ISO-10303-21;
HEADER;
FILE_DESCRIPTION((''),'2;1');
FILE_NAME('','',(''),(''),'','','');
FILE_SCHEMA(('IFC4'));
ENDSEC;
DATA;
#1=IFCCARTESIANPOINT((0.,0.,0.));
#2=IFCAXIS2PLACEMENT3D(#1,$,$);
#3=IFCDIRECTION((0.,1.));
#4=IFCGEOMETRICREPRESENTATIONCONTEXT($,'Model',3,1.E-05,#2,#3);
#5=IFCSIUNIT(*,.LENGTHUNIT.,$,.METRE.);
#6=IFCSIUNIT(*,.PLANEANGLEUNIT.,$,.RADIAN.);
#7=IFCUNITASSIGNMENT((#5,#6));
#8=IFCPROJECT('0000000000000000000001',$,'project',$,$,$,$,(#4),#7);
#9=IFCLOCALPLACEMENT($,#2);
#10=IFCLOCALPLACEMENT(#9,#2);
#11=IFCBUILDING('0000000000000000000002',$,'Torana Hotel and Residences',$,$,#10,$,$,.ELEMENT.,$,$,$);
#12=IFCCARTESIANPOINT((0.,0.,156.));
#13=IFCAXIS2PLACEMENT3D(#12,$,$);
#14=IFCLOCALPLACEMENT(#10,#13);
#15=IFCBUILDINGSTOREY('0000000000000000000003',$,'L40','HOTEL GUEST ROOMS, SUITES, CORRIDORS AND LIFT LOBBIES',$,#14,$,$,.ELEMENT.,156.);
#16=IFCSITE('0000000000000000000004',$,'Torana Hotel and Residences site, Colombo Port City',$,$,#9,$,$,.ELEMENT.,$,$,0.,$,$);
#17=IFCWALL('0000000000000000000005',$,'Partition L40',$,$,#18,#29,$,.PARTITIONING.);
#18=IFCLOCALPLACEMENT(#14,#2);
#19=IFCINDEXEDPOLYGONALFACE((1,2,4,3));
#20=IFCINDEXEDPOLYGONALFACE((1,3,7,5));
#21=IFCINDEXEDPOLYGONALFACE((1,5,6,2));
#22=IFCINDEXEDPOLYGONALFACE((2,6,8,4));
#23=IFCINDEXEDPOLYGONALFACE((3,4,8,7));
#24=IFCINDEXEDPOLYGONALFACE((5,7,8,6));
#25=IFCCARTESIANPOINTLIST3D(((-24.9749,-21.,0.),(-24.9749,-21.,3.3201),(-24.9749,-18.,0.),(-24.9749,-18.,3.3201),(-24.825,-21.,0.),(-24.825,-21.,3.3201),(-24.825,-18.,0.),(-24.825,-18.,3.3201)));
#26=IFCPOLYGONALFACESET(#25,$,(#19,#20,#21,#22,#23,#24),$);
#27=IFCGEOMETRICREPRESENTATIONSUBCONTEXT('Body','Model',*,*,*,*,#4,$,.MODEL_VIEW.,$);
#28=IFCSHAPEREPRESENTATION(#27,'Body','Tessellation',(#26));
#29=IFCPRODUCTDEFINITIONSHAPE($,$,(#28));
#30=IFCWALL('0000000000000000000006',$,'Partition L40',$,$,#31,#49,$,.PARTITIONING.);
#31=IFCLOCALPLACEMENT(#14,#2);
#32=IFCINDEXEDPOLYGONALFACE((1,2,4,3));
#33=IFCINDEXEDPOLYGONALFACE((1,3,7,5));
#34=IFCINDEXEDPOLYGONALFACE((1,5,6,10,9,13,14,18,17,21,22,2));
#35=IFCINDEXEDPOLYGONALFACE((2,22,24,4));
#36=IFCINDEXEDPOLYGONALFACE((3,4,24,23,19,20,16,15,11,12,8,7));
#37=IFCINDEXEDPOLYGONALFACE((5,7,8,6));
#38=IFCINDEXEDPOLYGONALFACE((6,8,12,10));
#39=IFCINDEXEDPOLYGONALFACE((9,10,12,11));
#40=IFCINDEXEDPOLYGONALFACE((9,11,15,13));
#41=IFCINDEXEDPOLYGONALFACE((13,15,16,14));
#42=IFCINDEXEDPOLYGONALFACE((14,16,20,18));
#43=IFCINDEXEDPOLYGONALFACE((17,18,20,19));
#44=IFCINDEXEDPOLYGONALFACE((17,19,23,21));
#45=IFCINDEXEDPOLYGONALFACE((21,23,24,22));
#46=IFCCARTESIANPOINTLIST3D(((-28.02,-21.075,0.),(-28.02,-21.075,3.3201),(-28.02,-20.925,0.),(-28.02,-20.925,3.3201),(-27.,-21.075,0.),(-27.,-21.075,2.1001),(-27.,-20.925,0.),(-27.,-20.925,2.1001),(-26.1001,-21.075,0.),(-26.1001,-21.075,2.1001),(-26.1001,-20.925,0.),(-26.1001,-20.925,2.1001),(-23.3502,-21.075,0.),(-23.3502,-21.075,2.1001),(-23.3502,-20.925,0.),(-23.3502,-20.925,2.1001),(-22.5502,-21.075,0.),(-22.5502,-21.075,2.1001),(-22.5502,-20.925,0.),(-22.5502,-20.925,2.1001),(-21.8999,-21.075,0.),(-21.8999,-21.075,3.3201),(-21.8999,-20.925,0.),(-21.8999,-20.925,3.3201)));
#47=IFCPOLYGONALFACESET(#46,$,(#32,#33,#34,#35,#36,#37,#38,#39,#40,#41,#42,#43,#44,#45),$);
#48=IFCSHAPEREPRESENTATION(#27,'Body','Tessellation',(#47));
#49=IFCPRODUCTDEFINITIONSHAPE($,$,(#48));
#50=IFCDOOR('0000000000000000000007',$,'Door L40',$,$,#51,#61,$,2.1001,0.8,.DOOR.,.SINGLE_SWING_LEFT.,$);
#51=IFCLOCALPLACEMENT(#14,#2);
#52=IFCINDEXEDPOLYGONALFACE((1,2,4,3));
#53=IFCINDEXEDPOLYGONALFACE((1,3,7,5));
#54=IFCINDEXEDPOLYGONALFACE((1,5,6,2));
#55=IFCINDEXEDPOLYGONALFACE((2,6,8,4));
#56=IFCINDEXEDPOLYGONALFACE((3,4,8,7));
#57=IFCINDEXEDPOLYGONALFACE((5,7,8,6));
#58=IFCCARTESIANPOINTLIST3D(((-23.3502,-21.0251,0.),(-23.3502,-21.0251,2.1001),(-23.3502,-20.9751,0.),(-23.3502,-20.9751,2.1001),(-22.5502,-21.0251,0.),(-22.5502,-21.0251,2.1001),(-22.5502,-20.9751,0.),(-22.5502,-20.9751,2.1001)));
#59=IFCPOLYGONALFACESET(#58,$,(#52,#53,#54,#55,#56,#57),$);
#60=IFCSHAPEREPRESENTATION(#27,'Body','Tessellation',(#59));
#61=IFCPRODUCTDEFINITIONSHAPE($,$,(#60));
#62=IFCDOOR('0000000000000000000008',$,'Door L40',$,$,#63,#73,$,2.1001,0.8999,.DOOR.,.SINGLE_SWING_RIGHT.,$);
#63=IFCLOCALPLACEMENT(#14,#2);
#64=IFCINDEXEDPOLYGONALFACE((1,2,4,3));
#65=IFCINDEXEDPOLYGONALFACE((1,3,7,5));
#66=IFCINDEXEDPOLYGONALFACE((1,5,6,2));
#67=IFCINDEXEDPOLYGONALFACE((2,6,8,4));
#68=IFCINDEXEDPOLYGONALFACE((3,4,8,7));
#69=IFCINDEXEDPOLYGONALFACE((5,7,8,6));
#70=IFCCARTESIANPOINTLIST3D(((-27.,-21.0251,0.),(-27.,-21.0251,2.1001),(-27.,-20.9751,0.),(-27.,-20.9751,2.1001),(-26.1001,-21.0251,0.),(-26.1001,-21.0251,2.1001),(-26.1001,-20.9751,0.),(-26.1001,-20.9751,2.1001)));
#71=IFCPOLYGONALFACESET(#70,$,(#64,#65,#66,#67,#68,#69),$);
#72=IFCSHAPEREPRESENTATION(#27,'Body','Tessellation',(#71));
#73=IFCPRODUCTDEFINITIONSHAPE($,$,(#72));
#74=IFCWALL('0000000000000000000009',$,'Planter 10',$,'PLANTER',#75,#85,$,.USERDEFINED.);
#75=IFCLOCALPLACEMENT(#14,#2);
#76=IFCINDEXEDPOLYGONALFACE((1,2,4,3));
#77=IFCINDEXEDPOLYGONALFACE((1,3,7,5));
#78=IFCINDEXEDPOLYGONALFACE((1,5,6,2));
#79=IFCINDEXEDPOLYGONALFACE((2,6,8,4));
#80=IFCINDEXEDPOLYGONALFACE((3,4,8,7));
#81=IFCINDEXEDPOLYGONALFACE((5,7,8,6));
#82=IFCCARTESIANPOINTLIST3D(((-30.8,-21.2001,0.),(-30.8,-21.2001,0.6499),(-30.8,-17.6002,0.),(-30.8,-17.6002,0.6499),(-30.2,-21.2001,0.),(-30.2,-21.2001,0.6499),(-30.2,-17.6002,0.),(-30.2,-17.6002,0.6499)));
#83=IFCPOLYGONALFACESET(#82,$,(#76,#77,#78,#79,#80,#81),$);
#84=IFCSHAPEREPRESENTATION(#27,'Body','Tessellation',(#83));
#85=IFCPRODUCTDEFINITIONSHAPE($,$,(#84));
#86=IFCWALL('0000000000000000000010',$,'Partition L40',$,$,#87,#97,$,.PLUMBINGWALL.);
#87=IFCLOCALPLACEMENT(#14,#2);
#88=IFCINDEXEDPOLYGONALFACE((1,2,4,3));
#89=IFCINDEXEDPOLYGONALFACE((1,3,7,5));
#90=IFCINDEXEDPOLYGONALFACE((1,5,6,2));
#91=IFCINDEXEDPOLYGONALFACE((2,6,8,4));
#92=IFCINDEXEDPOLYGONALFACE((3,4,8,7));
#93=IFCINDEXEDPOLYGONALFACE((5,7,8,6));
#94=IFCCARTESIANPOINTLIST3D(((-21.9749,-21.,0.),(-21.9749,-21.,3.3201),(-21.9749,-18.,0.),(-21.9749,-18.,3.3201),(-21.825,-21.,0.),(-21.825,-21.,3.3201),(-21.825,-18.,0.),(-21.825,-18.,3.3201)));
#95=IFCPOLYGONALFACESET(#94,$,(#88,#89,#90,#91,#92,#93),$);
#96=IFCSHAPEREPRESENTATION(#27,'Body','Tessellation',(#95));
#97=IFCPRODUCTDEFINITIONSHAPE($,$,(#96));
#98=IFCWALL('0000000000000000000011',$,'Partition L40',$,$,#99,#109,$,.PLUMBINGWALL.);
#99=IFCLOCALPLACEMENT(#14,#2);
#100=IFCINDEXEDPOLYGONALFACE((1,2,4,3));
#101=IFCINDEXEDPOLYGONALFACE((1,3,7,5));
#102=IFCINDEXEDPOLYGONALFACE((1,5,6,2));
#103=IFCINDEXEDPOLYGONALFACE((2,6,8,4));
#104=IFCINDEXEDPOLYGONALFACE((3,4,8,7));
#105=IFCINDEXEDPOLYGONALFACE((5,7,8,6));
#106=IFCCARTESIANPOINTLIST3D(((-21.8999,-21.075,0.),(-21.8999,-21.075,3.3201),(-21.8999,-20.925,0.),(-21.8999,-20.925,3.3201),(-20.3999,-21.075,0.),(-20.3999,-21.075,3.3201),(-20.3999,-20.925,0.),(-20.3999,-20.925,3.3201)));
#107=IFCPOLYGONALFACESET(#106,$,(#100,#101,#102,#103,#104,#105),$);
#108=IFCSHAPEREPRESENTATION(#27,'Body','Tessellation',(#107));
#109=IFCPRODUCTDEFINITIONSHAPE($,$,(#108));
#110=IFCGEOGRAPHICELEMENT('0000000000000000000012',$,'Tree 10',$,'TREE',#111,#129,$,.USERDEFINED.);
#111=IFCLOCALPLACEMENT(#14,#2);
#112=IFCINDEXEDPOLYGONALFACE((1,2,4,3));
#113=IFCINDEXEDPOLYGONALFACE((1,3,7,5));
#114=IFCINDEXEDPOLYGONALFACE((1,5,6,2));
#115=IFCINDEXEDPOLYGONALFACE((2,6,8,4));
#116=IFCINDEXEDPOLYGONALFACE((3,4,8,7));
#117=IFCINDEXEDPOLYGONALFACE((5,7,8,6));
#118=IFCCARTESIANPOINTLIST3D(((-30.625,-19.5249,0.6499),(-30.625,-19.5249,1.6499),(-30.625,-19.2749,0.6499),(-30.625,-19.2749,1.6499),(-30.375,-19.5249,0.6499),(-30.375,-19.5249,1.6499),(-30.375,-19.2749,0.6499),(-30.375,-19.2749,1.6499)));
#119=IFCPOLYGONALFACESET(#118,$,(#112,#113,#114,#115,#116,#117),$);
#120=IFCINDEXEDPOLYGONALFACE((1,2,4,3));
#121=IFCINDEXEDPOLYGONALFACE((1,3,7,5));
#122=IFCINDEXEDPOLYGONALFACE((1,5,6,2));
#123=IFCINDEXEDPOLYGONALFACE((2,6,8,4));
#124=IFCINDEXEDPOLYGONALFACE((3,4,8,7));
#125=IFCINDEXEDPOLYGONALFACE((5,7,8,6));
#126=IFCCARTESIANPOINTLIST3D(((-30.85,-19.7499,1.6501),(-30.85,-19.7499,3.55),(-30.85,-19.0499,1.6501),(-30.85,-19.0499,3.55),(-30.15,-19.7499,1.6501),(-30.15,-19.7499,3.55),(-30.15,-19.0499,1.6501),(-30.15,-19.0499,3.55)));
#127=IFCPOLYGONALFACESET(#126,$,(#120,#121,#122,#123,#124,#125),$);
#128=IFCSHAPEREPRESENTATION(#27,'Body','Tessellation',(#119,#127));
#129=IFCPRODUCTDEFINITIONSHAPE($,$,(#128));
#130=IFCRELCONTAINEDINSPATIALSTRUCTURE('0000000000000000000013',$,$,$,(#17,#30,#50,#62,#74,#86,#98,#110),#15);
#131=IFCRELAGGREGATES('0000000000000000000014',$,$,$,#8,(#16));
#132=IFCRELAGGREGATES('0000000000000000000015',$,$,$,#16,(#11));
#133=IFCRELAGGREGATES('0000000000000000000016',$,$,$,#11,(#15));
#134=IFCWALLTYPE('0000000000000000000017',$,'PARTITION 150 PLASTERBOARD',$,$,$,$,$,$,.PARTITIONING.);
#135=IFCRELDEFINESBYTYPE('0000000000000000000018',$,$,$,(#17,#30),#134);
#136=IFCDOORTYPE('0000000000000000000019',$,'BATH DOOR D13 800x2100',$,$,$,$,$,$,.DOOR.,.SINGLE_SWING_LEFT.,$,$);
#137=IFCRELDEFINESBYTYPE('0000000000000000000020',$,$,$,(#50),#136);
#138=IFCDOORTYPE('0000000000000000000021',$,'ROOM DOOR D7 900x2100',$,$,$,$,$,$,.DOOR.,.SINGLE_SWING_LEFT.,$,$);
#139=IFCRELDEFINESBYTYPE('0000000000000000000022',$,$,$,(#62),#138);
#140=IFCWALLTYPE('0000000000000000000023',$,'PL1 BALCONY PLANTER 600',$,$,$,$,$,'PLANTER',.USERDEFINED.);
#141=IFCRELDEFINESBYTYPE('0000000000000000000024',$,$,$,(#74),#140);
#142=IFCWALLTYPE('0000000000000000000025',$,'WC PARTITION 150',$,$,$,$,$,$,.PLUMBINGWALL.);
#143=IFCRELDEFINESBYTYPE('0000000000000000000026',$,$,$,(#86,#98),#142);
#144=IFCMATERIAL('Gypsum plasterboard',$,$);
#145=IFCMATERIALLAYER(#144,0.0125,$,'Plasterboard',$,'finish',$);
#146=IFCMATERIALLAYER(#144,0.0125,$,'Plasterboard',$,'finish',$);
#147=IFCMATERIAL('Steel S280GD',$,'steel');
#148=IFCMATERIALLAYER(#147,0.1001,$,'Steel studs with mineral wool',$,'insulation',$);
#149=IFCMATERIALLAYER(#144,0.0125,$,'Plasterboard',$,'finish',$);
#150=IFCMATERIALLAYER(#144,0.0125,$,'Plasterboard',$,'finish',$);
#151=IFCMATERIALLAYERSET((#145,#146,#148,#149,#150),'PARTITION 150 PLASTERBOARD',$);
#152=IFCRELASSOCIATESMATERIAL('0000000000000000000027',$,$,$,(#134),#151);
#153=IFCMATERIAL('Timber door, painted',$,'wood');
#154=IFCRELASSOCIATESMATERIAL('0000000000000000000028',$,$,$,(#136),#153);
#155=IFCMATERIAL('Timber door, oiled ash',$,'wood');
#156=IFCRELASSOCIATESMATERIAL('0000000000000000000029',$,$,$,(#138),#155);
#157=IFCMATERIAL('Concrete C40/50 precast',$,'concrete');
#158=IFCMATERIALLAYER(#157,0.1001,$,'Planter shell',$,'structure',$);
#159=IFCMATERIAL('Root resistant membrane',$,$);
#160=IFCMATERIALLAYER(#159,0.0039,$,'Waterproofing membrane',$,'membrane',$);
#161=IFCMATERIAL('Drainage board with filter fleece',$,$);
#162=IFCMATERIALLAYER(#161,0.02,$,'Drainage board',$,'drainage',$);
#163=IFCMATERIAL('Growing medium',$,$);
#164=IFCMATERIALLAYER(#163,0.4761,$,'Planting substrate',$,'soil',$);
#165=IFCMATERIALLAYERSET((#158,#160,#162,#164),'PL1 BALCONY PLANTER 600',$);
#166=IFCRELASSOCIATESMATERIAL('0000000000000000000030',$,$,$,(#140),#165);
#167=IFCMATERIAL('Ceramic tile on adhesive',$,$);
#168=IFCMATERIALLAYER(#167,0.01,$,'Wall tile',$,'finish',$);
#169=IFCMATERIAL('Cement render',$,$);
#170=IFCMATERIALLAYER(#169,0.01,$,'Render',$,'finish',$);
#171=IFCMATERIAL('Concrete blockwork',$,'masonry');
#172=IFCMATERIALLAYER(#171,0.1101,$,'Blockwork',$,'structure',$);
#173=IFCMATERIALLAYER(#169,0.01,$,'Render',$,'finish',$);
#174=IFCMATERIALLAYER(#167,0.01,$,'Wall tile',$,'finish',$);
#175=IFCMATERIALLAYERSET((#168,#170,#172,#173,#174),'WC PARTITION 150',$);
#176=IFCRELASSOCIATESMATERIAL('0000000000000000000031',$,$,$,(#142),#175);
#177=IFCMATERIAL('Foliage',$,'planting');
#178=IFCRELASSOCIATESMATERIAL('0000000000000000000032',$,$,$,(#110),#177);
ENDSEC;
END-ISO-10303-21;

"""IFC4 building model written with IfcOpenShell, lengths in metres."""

from ifc_helpers import new_model, si_unit, direction, frame, frame_2d, origin, origin_2d, place, context, subcontext, project, spatial, rectangle, extrude, material, layer, layer_set, type_object, element, fill, save


model = new_model("IFC4")

# Units and contexts
model_context = context("Model", 3, precision=1e-05, world=origin(), true_north=direction((0.0, 1.0)))
body_context = subcontext(model_context, "Body", "Model", "MODEL_VIEW")
ifc_project = project(units=[si_unit("LENGTHUNIT", "METRE"), si_unit("PLANEANGLEUNIT", "RADIAN")], contexts=[model_context])

# Site, building, storey
site_placement = place(None, origin())
site = spatial("IfcSite", under=ifc_project, at=site_placement, Name="Torana Hotel and Residences site, Colombo Port City", CompositionType="ELEMENT", RefElevation=0.0)
building_placement = place(site_placement, origin())
building = spatial("IfcBuilding", under=site, at=building_placement, Name="Torana Hotel and Residences", CompositionType="ELEMENT")
storey_placement = place(building_placement, frame((0.0, 0.0, 156.0)))
storey = spatial("IfcBuildingStorey", under=building, at=storey_placement, Name="L40", Description="HOTEL GUEST ROOMS, SUITES, CORRIDORS AND LIFT LOBBIES", CompositionType="ELEMENT", Elevation=156.0)

# Wall
ifc_material_1 = material(Name="Gypsum plasterboard")
ifc_layer_1 = layer(ifc_material_1, 0.0125, Name="Plasterboard", Category="finish")
ifc_layer_2 = layer(ifc_material_1, 0.0125, Name="Plasterboard", Category="finish")
ifc_material_2 = material(Name="Steel S280GD", Category="steel")
ifc_layer_3 = layer(ifc_material_2, 0.1001, Name="Steel studs with mineral wool", Category="insulation")
ifc_layer_4 = layer(ifc_material_1, 0.0125, Name="Plasterboard", Category="finish")
ifc_layer_5 = layer(ifc_material_1, 0.0125, Name="Plasterboard", Category="finish")
ifc_layer_set_1 = layer_set([ifc_layer_1, ifc_layer_2, ifc_layer_3, ifc_layer_4, ifc_layer_5], Name="PARTITION 150 PLASTERBOARD")
wall_type_1 = type_object("IfcWallType", Name="PARTITION 150 PLASTERBOARD", PredefinedType="PARTITIONING", material=ifc_layer_set_1)
wall_1_placement = place(storey_placement, frame((-24.8999, -21.0, 0.0), z_axis=(0.0, 0.0, 1.0), x_axis=(0.0, 1.0, 0.0)))
element("IfcWall", 1, at=wall_1_placement, inside=storey, type_object=wall_type_1, Name="Partition L40", PredefinedType="PARTITIONING", context=body_context, shape_type="SweptSolid", body=[
    extrude(rectangle(XDim=3.0, YDim=0.1499, at=frame_2d((1.5, 0.0))), origin(), (0.0, 0.0, 1.0), 3.3201),
])

# Wall, openings, doors
wall_2_placement = place(storey_placement, frame((-28.02, -21.0, 0.0), z_axis=(0.0, 0.0, 1.0), x_axis=(1.0, 0.0, 0.0)))
wall_2 = element("IfcWall", 2, at=wall_2_placement, inside=storey, type_object=wall_type_1, Name="Partition L40", PredefinedType="PARTITIONING", context=body_context, shape_type="SweptSolid", body=[
    extrude(rectangle(XDim=6.1201, YDim=0.1499, at=frame_2d((3.0601, 0.0))), origin(), (0.0, 0.0, 1.0), 3.3201),
])
opening_1_placement = place(wall_2_placement, frame((4.6699, 0.0, 0.0)))
opening_1 = element("IfcOpeningElement", 3, at=opening_1_placement, cuts=wall_2, PredefinedType="OPENING", context=body_context, shape_type="SweptSolid", body=[
    extrude(rectangle(XDim=0.8, YDim=2.1001, at=frame_2d((0.3999, 1.05))), frame((0.0, 0.085, 0.0), z_axis=(0.0, -1.0, 0.0), x_axis=(1.0, 0.0, 0.0)), (0.0, 0.0, 1.0), 0.1699),
])
opening_2_placement = place(wall_2_placement, frame((1.02, 0.0, 0.0)))
opening_2 = element("IfcOpeningElement", 4, at=opening_2_placement, cuts=wall_2, PredefinedType="OPENING", context=body_context, shape_type="SweptSolid", body=[
    extrude(rectangle(XDim=0.8999, YDim=2.1001, at=frame_2d((0.45, 1.05))), frame((0.0, 0.085, 0.0), z_axis=(0.0, -1.0, 0.0), x_axis=(1.0, 0.0, 0.0)), (0.0, 0.0, 1.0), 0.1699),
])
ifc_material_3 = material(Name="Timber door, painted", Category="wood")
door_type_1 = type_object("IfcDoorType", Name="BATH DOOR D13 800x2100", OperationType="SINGLE_SWING_LEFT", PredefinedType="DOOR", material=ifc_material_3)
door_1_placement = place(opening_1_placement, origin())
door_1 = element("IfcDoor", 5, at=door_1_placement, inside=storey, type_object=door_type_1, Name="Door L40", OperationType="SINGLE_SWING_LEFT", OverallHeight=2.1001, OverallWidth=0.8, PredefinedType="DOOR", context=body_context, shape_type="SweptSolid", body=[
    extrude(rectangle(XDim=0.8, YDim=2.1001, at=frame_2d((0.3999, 1.05))), frame((0.0, 0.0249, 0.0), z_axis=(0.0, -1.0, 0.0), x_axis=(1.0, 0.0, 0.0)), (0.0, 0.0, 1.0), 0.05),
])
fill(opening_1, door_1)
ifc_material_4 = material(Name="Timber door, oiled ash", Category="wood")
door_type_2 = type_object("IfcDoorType", Name="ROOM DOOR D7 900x2100", OperationType="SINGLE_SWING_LEFT", PredefinedType="DOOR", material=ifc_material_4)
door_2_placement = place(opening_2_placement, origin())
door_2 = element("IfcDoor", 6, at=door_2_placement, inside=storey, type_object=door_type_2, Name="Door L40", OperationType="SINGLE_SWING_RIGHT", OverallHeight=2.1001, OverallWidth=0.8999, PredefinedType="DOOR", context=body_context, shape_type="SweptSolid", body=[
    extrude(rectangle(XDim=0.8999, YDim=2.1001, at=frame_2d((0.45, 1.05))), frame((0.0, 0.0249, 0.0), z_axis=(0.0, -1.0, 0.0), x_axis=(1.0, 0.0, 0.0)), (0.0, 0.0, 1.0), 0.05),
])
fill(opening_2, door_2)

# Walls
ifc_material_5 = material(Name="Concrete C40/50 precast", Category="concrete")
ifc_layer_6 = layer(ifc_material_5, 0.1001, Name="Planter shell", Category="structure")
ifc_material_6 = material(Name="Root resistant membrane")
ifc_layer_7 = layer(ifc_material_6, 0.0039, Name="Waterproofing membrane", Category="membrane")
ifc_material_7 = material(Name="Drainage board with filter fleece")
ifc_layer_8 = layer(ifc_material_7, 0.02, Name="Drainage board", Category="drainage")
ifc_material_8 = material(Name="Growing medium")
ifc_layer_9 = layer(ifc_material_8, 0.4761, Name="Planting substrate", Category="soil")
ifc_layer_set_2 = layer_set([ifc_layer_6, ifc_layer_7, ifc_layer_8, ifc_layer_9], Name="PL1 BALCONY PLANTER 600")
wall_type_2 = type_object("IfcWallType", Name="PL1 BALCONY PLANTER 600", ElementType="PLANTER", PredefinedType="USERDEFINED", material=ifc_layer_set_2)
wall_3_placement = place(storey_placement, frame((-30.5, -21.2, 0.0), z_axis=(0.0, 0.0, 1.0), x_axis=(0.0, 1.0, 0.0)))
element("IfcWall", 7, at=wall_3_placement, inside=storey, type_object=wall_type_2, Name="Planter 10", ObjectType="PLANTER", PredefinedType="USERDEFINED", context=body_context, shape_type="SweptSolid", body=[
    extrude(rectangle(XDim=3.5999, YDim=0.6001, at=frame_2d((1.7998, 0.0))), origin(), (0.0, 0.0, 1.0), 0.6499),
])
ifc_material_9 = material(Name="Ceramic tile on adhesive")
ifc_layer_10 = layer(ifc_material_9, 0.01, Name="Wall tile", Category="finish")
ifc_material_10 = material(Name="Cement render")
ifc_layer_11 = layer(ifc_material_10, 0.01, Name="Render", Category="finish")
ifc_material_11 = material(Name="Concrete blockwork", Category="masonry")
ifc_layer_12 = layer(ifc_material_11, 0.1101, Name="Blockwork", Category="structure")
ifc_layer_13 = layer(ifc_material_10, 0.01, Name="Render", Category="finish")
ifc_layer_14 = layer(ifc_material_9, 0.01, Name="Wall tile", Category="finish")
ifc_layer_set_3 = layer_set([ifc_layer_10, ifc_layer_11, ifc_layer_12, ifc_layer_13, ifc_layer_14], Name="WC PARTITION 150")
wall_type_3 = type_object("IfcWallType", Name="WC PARTITION 150", PredefinedType="PLUMBINGWALL", material=ifc_layer_set_3)
wall_4_placement = place(storey_placement, frame((-21.8999, -21.0, 0.0), z_axis=(0.0, 0.0, 1.0), x_axis=(0.0, 1.0, 0.0)))
element("IfcWall", 8, at=wall_4_placement, inside=storey, type_object=wall_type_3, Name="Partition L40", PredefinedType="PLUMBINGWALL", context=body_context, shape_type="SweptSolid", body=[
    extrude(rectangle(XDim=3.0, YDim=0.1499, at=frame_2d((1.5, 0.0))), origin(), (0.0, 0.0, 1.0), 3.3201),
])
wall_5_placement = place(storey_placement, frame((-21.8999, -21.0, 0.0), z_axis=(0.0, 0.0, 1.0), x_axis=(1.0, 0.0, 0.0)))
element("IfcWall", 9, at=wall_5_placement, inside=storey, type_object=wall_type_3, Name="Partition L40", PredefinedType="PLUMBINGWALL", context=body_context, shape_type="SweptSolid", body=[
    extrude(rectangle(XDim=1.5, YDim=0.1499, at=frame_2d((0.75, 0.0))), origin(), (0.0, 0.0, 1.0), 3.3201),
])

# Geographic element
ifc_material_12 = material(Name="Foliage", Category="planting")
geographic_element_placement = place(storey_placement, frame((-30.5, -19.3999, 0.6499), z_axis=(0.0, 0.0, 1.0), x_axis=(1.0, 0.0, 0.0)))
element("IfcGeographicElement", 10, at=geographic_element_placement, inside=storey, material=ifc_material_12, Name="Tree 10", ObjectType="TREE", PredefinedType="USERDEFINED", context=body_context, shape_type="SweptSolid", body=[
    extrude(rectangle(XDim=0.25, YDim=0.25, at=origin_2d()), origin(), (0.0, 0.0, 1.0), 1.0),
    extrude(rectangle(XDim=0.7, YDim=0.7, at=origin_2d()), frame((0.0, 0.0, 1.0002)), (0.0, 0.0, 1.0), 1.8999),
])

save(model, "model.ifc")
